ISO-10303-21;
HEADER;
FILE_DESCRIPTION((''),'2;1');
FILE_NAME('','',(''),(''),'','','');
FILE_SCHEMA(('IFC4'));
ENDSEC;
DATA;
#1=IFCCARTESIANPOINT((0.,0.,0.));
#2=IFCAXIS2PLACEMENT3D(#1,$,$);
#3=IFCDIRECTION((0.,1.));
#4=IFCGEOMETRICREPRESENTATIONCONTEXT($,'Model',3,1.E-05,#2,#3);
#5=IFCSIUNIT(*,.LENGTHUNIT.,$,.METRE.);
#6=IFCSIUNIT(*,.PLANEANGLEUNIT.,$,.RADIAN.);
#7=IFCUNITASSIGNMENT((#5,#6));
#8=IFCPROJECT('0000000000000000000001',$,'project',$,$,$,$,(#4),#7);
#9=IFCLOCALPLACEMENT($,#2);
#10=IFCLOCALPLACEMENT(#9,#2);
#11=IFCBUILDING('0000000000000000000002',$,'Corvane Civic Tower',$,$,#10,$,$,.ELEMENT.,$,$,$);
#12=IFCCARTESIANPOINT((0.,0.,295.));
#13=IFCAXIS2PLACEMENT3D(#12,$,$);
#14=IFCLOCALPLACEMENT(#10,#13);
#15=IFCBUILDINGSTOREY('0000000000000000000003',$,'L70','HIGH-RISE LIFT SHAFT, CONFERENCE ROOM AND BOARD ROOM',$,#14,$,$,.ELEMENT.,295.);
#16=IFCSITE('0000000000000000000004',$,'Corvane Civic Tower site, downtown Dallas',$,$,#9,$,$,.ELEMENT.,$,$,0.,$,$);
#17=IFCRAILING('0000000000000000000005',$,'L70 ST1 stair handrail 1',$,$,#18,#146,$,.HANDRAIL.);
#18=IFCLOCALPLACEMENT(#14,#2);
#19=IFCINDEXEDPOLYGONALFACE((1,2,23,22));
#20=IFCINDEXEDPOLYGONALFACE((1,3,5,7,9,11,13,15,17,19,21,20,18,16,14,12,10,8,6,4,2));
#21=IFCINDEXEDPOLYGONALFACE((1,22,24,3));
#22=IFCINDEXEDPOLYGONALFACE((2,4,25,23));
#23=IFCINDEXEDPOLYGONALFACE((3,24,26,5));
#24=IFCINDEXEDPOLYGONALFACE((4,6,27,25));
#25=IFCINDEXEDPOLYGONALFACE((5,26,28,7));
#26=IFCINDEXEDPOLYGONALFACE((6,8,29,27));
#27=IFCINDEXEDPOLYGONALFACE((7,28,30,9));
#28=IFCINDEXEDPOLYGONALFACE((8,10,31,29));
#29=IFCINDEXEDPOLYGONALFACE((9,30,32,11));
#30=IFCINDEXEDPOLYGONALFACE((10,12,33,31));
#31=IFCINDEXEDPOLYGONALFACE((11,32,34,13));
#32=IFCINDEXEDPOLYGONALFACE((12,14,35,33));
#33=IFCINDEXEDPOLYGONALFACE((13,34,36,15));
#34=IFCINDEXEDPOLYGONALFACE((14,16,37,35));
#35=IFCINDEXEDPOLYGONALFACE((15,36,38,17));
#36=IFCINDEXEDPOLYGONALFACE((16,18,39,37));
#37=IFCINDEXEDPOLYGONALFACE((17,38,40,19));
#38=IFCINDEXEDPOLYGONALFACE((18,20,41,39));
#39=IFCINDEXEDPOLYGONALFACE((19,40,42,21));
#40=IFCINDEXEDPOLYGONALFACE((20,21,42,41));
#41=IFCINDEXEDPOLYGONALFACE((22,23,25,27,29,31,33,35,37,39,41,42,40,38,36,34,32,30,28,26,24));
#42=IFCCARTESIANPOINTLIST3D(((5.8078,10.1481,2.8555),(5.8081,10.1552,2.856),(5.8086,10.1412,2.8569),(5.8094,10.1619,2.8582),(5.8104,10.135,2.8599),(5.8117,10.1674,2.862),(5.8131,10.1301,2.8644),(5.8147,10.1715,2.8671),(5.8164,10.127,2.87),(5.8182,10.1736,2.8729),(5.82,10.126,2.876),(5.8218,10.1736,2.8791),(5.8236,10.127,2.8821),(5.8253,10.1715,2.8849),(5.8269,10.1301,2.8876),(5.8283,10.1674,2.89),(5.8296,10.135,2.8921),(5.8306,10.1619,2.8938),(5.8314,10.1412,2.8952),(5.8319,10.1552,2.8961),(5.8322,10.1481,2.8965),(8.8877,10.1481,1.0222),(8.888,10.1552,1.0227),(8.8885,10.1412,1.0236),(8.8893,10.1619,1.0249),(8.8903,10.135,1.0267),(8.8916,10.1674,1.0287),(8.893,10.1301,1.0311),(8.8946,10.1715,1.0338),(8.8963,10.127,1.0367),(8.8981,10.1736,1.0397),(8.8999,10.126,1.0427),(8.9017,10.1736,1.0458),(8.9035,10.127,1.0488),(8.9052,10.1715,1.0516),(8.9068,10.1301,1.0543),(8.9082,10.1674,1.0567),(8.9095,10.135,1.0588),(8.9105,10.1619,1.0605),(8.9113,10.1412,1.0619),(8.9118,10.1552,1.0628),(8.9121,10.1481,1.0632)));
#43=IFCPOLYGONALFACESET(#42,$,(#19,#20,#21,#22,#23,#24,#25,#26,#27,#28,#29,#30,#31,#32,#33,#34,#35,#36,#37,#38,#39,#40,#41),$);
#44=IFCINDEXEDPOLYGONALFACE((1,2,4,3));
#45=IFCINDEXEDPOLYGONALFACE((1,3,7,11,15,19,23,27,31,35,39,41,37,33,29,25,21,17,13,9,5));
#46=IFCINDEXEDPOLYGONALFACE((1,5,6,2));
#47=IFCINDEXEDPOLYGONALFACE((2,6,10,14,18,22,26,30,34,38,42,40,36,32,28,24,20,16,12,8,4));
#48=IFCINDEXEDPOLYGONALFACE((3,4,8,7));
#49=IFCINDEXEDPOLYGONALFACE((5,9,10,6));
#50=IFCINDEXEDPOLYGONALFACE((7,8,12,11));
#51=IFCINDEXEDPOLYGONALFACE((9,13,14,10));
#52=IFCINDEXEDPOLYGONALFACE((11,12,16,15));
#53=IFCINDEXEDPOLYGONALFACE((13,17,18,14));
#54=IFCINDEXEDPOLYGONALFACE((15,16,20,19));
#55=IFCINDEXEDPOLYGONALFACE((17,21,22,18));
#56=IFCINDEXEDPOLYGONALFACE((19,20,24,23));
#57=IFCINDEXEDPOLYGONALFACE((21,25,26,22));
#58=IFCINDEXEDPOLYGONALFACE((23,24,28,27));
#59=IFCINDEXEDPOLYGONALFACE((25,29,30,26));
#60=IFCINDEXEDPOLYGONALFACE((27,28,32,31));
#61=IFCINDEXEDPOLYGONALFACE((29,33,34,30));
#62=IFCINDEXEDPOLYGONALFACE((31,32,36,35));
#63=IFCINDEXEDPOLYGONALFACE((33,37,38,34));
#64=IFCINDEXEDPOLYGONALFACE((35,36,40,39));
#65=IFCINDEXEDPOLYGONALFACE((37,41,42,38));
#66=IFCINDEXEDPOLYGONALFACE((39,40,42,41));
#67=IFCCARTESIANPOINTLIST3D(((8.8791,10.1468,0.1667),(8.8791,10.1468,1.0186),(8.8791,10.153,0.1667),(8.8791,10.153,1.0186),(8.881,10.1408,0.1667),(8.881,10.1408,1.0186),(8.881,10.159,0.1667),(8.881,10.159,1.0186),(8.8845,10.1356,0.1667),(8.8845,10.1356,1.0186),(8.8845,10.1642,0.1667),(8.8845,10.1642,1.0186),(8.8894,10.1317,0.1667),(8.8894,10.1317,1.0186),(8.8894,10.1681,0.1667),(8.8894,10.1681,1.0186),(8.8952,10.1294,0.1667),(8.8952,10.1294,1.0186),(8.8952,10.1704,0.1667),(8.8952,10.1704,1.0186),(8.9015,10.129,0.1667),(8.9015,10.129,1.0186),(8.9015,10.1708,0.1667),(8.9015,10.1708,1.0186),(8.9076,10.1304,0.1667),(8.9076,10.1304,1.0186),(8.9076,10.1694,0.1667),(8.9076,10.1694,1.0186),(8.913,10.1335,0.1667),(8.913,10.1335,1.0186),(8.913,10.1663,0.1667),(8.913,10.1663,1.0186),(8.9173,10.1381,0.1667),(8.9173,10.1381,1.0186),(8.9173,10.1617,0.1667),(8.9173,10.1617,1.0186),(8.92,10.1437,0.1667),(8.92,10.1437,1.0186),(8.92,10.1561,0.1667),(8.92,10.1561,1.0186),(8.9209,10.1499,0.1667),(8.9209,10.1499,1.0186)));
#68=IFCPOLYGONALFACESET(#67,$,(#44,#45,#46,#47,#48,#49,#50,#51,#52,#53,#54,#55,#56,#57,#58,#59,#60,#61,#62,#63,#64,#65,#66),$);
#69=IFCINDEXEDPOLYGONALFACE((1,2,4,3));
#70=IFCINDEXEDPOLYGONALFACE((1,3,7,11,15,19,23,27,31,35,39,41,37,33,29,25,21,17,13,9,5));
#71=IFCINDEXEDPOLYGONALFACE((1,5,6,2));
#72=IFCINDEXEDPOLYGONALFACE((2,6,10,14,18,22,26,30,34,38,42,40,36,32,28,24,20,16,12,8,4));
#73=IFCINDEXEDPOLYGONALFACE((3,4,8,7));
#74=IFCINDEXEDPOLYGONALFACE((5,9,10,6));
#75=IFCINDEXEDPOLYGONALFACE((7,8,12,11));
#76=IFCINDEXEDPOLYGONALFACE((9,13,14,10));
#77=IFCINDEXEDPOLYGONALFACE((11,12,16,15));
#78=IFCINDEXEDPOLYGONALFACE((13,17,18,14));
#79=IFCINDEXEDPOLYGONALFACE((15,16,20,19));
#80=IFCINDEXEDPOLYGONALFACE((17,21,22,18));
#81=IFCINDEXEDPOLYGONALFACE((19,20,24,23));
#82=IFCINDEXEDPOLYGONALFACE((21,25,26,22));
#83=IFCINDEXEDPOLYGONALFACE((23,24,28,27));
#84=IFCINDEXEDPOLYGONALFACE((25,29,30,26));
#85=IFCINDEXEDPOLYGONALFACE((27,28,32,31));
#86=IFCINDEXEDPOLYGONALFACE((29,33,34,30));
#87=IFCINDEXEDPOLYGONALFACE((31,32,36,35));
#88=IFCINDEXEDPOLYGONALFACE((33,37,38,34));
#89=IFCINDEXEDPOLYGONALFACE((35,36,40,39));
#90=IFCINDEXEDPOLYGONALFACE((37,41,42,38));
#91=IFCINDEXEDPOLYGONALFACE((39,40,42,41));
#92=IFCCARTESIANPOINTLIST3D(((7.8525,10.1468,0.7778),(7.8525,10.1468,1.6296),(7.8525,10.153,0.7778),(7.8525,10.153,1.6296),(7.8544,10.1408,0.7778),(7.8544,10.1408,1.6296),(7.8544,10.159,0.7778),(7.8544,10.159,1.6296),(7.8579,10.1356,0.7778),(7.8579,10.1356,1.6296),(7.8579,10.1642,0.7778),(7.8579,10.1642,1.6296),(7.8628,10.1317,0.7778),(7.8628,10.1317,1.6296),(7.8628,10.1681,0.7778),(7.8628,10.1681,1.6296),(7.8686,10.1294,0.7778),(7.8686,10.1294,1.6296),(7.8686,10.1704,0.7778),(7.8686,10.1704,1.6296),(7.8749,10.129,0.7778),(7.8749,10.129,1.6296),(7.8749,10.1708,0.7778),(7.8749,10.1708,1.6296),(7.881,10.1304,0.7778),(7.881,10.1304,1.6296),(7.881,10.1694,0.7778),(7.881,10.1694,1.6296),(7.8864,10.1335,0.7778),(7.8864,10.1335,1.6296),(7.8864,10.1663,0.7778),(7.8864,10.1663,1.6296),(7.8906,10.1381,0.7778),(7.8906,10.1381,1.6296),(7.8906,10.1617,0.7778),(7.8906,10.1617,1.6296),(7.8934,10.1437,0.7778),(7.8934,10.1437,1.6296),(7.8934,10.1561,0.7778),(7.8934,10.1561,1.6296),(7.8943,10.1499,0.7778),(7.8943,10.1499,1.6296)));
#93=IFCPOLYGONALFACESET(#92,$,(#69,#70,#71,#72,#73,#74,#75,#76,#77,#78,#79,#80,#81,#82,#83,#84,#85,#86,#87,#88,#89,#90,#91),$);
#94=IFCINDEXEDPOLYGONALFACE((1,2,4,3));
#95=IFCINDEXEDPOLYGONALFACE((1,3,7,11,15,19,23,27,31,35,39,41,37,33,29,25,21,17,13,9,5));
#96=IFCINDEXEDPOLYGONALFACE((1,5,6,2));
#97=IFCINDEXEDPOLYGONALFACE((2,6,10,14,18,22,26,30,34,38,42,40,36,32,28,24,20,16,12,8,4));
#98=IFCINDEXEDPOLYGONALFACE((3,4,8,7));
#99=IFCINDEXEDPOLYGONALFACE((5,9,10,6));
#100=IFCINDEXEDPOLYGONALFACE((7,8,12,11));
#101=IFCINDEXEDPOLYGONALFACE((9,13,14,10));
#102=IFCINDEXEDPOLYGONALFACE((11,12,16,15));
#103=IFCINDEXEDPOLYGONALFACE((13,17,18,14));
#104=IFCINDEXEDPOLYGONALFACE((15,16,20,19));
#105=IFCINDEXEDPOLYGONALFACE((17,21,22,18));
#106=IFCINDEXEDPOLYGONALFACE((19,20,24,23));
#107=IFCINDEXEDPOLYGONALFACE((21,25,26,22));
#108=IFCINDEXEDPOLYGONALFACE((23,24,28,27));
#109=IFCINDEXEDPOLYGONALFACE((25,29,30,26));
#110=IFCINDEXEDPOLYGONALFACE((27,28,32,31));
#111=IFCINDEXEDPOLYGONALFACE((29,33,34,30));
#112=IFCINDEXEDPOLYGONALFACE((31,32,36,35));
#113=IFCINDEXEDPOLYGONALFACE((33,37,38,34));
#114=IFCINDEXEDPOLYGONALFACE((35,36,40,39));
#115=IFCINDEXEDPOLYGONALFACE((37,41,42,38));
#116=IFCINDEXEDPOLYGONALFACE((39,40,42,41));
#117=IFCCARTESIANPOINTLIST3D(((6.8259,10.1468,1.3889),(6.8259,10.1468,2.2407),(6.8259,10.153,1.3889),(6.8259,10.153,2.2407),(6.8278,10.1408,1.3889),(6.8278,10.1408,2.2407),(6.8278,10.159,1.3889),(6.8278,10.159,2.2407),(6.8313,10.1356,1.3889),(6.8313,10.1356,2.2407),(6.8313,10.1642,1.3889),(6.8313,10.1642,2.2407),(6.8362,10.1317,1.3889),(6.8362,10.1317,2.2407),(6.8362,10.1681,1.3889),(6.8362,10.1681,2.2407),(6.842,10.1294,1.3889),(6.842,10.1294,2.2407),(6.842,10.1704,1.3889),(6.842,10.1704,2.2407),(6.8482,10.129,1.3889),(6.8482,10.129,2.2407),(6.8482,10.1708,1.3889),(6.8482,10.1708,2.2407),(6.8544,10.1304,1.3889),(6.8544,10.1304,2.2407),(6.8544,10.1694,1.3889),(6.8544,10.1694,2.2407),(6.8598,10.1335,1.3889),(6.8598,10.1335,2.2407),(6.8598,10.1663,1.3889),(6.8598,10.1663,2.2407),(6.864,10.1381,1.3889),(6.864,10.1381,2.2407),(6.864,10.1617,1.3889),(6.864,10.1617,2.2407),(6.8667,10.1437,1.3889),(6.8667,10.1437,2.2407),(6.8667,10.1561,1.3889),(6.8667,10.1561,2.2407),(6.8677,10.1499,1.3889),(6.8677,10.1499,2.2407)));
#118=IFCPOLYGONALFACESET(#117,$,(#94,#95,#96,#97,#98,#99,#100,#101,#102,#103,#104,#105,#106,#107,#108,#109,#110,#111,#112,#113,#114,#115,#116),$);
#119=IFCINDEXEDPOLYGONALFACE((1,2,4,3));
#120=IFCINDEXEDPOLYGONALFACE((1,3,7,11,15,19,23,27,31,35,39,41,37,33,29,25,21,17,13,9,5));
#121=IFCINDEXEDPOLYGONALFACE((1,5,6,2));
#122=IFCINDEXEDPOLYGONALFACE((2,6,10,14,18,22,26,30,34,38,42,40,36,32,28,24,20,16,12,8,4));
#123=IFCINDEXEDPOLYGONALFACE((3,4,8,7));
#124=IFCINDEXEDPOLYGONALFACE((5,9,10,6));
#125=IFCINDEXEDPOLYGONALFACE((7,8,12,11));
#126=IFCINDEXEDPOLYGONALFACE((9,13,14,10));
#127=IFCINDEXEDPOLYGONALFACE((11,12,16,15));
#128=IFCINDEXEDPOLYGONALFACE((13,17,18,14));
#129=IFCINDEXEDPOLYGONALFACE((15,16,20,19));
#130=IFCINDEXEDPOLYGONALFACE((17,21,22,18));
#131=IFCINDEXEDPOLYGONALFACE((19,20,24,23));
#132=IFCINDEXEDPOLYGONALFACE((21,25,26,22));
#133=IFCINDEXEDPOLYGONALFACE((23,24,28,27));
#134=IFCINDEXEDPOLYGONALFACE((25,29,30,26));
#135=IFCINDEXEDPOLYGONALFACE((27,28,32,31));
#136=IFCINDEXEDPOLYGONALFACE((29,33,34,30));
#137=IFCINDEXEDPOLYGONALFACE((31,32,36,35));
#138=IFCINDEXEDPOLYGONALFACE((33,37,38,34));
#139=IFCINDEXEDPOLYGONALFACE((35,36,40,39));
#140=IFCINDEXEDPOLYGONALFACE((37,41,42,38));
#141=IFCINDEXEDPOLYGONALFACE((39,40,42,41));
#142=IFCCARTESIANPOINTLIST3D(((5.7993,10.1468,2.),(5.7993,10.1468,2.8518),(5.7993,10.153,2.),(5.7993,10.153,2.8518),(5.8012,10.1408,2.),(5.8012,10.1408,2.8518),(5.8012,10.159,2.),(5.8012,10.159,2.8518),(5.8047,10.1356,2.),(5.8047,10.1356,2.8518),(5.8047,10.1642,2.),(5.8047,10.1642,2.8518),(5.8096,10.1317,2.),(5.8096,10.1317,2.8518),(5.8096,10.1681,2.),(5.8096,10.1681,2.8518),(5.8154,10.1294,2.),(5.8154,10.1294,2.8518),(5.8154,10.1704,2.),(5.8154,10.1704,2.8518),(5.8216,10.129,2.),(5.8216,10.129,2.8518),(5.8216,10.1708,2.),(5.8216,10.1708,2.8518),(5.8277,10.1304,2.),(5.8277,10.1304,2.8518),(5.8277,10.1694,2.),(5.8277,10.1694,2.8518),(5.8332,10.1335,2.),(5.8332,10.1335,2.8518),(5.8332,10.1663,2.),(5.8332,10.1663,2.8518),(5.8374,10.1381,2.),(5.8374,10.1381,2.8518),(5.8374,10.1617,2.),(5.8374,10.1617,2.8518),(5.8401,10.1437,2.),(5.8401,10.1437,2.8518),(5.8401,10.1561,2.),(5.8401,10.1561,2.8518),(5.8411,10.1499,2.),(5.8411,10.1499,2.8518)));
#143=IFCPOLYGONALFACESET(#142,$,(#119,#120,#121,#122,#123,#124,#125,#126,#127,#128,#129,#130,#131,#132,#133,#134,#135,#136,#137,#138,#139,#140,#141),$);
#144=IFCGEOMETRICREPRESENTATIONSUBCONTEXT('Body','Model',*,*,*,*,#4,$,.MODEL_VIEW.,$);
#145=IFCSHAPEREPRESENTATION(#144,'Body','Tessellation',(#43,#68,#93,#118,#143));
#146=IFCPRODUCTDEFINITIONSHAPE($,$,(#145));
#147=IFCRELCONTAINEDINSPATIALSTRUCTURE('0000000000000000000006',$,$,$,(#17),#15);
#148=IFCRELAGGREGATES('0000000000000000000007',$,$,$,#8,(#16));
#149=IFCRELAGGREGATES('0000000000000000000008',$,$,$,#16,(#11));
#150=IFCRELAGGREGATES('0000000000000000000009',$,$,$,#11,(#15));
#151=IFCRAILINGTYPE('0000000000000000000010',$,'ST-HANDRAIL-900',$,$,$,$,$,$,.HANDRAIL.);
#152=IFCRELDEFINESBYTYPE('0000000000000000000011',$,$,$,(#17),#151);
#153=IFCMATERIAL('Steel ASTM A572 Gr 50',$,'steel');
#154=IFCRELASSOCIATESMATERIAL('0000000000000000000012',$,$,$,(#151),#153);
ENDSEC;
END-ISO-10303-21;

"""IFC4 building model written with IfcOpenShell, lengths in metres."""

from ifc_helpers import new_model, si_unit, direction, frame, origin, origin_2d, place, context, subcontext, project, spatial, circle, extrude, material, type_object, element, save


model = new_model("IFC4")

# Units and contexts
model_context = context("Model", 3, precision=1e-05, world=origin(), true_north=direction((0.0, 1.0)))
body_context = subcontext(model_context, "Body", "Model", "MODEL_VIEW")
ifc_project = project(units=[si_unit("LENGTHUNIT", "METRE"), si_unit("PLANEANGLEUNIT", "RADIAN")], contexts=[model_context])

# Site, building, storey
site_placement = place(None, origin())
site = spatial("IfcSite", under=ifc_project, at=site_placement, Name="Corvane Civic Tower site, downtown Dallas", CompositionType="ELEMENT", RefElevation=0.0)
building_placement = place(site_placement, origin())
building = spatial("IfcBuilding", under=site, at=building_placement, Name="Corvane Civic Tower", CompositionType="ELEMENT")
storey_placement = place(building_placement, frame((0.0, 0.0, 295.0)))
storey = spatial("IfcBuildingStorey", under=building, at=storey_placement, Name="L70", Description="HIGH-RISE LIFT SHAFT, CONFERENCE ROOM AND BOARD ROOM", CompositionType="ELEMENT", Elevation=295.0)

# Railing
ifc_material_1 = material(Name="Steel ASTM A572 Gr 50", Category="steel")
railing_type_1 = type_object("IfcRailingType", Name="ST-HANDRAIL-900", PredefinedType="HANDRAIL", material=ifc_material_1)
railing_1_placement = place(storey_placement, frame((8.8999, 10.1499, 0.1667)))
element("IfcRailing", 1, at=railing_1_placement, inside=storey, type_object=railing_type_1, Name="L70 ST1 stair handrail 1", PredefinedType="HANDRAIL", context=body_context, shape_type="SweptSolid", body=[
    extrude(circle(Radius=0.0239, at=origin_2d()), frame((0.0, 0.0, 0.876), z_axis=(-0.859291, 0.0, 0.511487), x_axis=(0.0, -1.0, 0.0)), (0.0, 0.0, 1.0), 3.5842),
    extrude(circle(Radius=0.021, at=origin_2d()), origin(), (0.0, 0.0, 1.0), 0.8518),
    extrude(circle(Radius=0.021, at=origin_2d()), frame((-1.0266, 0.0, 0.6111)), (0.0, 0.0, 1.0), 0.8518),
    extrude(circle(Radius=0.021, at=origin_2d()), frame((-2.0532, 0.0, 1.2222)), (0.0, 0.0, 1.0), 0.8518),
    extrude(circle(Radius=0.021, at=origin_2d()), frame((-3.0798, 0.0, 1.8333)), (0.0, 0.0, 1.0), 0.8518),
])

save(model, "model.ifc")
